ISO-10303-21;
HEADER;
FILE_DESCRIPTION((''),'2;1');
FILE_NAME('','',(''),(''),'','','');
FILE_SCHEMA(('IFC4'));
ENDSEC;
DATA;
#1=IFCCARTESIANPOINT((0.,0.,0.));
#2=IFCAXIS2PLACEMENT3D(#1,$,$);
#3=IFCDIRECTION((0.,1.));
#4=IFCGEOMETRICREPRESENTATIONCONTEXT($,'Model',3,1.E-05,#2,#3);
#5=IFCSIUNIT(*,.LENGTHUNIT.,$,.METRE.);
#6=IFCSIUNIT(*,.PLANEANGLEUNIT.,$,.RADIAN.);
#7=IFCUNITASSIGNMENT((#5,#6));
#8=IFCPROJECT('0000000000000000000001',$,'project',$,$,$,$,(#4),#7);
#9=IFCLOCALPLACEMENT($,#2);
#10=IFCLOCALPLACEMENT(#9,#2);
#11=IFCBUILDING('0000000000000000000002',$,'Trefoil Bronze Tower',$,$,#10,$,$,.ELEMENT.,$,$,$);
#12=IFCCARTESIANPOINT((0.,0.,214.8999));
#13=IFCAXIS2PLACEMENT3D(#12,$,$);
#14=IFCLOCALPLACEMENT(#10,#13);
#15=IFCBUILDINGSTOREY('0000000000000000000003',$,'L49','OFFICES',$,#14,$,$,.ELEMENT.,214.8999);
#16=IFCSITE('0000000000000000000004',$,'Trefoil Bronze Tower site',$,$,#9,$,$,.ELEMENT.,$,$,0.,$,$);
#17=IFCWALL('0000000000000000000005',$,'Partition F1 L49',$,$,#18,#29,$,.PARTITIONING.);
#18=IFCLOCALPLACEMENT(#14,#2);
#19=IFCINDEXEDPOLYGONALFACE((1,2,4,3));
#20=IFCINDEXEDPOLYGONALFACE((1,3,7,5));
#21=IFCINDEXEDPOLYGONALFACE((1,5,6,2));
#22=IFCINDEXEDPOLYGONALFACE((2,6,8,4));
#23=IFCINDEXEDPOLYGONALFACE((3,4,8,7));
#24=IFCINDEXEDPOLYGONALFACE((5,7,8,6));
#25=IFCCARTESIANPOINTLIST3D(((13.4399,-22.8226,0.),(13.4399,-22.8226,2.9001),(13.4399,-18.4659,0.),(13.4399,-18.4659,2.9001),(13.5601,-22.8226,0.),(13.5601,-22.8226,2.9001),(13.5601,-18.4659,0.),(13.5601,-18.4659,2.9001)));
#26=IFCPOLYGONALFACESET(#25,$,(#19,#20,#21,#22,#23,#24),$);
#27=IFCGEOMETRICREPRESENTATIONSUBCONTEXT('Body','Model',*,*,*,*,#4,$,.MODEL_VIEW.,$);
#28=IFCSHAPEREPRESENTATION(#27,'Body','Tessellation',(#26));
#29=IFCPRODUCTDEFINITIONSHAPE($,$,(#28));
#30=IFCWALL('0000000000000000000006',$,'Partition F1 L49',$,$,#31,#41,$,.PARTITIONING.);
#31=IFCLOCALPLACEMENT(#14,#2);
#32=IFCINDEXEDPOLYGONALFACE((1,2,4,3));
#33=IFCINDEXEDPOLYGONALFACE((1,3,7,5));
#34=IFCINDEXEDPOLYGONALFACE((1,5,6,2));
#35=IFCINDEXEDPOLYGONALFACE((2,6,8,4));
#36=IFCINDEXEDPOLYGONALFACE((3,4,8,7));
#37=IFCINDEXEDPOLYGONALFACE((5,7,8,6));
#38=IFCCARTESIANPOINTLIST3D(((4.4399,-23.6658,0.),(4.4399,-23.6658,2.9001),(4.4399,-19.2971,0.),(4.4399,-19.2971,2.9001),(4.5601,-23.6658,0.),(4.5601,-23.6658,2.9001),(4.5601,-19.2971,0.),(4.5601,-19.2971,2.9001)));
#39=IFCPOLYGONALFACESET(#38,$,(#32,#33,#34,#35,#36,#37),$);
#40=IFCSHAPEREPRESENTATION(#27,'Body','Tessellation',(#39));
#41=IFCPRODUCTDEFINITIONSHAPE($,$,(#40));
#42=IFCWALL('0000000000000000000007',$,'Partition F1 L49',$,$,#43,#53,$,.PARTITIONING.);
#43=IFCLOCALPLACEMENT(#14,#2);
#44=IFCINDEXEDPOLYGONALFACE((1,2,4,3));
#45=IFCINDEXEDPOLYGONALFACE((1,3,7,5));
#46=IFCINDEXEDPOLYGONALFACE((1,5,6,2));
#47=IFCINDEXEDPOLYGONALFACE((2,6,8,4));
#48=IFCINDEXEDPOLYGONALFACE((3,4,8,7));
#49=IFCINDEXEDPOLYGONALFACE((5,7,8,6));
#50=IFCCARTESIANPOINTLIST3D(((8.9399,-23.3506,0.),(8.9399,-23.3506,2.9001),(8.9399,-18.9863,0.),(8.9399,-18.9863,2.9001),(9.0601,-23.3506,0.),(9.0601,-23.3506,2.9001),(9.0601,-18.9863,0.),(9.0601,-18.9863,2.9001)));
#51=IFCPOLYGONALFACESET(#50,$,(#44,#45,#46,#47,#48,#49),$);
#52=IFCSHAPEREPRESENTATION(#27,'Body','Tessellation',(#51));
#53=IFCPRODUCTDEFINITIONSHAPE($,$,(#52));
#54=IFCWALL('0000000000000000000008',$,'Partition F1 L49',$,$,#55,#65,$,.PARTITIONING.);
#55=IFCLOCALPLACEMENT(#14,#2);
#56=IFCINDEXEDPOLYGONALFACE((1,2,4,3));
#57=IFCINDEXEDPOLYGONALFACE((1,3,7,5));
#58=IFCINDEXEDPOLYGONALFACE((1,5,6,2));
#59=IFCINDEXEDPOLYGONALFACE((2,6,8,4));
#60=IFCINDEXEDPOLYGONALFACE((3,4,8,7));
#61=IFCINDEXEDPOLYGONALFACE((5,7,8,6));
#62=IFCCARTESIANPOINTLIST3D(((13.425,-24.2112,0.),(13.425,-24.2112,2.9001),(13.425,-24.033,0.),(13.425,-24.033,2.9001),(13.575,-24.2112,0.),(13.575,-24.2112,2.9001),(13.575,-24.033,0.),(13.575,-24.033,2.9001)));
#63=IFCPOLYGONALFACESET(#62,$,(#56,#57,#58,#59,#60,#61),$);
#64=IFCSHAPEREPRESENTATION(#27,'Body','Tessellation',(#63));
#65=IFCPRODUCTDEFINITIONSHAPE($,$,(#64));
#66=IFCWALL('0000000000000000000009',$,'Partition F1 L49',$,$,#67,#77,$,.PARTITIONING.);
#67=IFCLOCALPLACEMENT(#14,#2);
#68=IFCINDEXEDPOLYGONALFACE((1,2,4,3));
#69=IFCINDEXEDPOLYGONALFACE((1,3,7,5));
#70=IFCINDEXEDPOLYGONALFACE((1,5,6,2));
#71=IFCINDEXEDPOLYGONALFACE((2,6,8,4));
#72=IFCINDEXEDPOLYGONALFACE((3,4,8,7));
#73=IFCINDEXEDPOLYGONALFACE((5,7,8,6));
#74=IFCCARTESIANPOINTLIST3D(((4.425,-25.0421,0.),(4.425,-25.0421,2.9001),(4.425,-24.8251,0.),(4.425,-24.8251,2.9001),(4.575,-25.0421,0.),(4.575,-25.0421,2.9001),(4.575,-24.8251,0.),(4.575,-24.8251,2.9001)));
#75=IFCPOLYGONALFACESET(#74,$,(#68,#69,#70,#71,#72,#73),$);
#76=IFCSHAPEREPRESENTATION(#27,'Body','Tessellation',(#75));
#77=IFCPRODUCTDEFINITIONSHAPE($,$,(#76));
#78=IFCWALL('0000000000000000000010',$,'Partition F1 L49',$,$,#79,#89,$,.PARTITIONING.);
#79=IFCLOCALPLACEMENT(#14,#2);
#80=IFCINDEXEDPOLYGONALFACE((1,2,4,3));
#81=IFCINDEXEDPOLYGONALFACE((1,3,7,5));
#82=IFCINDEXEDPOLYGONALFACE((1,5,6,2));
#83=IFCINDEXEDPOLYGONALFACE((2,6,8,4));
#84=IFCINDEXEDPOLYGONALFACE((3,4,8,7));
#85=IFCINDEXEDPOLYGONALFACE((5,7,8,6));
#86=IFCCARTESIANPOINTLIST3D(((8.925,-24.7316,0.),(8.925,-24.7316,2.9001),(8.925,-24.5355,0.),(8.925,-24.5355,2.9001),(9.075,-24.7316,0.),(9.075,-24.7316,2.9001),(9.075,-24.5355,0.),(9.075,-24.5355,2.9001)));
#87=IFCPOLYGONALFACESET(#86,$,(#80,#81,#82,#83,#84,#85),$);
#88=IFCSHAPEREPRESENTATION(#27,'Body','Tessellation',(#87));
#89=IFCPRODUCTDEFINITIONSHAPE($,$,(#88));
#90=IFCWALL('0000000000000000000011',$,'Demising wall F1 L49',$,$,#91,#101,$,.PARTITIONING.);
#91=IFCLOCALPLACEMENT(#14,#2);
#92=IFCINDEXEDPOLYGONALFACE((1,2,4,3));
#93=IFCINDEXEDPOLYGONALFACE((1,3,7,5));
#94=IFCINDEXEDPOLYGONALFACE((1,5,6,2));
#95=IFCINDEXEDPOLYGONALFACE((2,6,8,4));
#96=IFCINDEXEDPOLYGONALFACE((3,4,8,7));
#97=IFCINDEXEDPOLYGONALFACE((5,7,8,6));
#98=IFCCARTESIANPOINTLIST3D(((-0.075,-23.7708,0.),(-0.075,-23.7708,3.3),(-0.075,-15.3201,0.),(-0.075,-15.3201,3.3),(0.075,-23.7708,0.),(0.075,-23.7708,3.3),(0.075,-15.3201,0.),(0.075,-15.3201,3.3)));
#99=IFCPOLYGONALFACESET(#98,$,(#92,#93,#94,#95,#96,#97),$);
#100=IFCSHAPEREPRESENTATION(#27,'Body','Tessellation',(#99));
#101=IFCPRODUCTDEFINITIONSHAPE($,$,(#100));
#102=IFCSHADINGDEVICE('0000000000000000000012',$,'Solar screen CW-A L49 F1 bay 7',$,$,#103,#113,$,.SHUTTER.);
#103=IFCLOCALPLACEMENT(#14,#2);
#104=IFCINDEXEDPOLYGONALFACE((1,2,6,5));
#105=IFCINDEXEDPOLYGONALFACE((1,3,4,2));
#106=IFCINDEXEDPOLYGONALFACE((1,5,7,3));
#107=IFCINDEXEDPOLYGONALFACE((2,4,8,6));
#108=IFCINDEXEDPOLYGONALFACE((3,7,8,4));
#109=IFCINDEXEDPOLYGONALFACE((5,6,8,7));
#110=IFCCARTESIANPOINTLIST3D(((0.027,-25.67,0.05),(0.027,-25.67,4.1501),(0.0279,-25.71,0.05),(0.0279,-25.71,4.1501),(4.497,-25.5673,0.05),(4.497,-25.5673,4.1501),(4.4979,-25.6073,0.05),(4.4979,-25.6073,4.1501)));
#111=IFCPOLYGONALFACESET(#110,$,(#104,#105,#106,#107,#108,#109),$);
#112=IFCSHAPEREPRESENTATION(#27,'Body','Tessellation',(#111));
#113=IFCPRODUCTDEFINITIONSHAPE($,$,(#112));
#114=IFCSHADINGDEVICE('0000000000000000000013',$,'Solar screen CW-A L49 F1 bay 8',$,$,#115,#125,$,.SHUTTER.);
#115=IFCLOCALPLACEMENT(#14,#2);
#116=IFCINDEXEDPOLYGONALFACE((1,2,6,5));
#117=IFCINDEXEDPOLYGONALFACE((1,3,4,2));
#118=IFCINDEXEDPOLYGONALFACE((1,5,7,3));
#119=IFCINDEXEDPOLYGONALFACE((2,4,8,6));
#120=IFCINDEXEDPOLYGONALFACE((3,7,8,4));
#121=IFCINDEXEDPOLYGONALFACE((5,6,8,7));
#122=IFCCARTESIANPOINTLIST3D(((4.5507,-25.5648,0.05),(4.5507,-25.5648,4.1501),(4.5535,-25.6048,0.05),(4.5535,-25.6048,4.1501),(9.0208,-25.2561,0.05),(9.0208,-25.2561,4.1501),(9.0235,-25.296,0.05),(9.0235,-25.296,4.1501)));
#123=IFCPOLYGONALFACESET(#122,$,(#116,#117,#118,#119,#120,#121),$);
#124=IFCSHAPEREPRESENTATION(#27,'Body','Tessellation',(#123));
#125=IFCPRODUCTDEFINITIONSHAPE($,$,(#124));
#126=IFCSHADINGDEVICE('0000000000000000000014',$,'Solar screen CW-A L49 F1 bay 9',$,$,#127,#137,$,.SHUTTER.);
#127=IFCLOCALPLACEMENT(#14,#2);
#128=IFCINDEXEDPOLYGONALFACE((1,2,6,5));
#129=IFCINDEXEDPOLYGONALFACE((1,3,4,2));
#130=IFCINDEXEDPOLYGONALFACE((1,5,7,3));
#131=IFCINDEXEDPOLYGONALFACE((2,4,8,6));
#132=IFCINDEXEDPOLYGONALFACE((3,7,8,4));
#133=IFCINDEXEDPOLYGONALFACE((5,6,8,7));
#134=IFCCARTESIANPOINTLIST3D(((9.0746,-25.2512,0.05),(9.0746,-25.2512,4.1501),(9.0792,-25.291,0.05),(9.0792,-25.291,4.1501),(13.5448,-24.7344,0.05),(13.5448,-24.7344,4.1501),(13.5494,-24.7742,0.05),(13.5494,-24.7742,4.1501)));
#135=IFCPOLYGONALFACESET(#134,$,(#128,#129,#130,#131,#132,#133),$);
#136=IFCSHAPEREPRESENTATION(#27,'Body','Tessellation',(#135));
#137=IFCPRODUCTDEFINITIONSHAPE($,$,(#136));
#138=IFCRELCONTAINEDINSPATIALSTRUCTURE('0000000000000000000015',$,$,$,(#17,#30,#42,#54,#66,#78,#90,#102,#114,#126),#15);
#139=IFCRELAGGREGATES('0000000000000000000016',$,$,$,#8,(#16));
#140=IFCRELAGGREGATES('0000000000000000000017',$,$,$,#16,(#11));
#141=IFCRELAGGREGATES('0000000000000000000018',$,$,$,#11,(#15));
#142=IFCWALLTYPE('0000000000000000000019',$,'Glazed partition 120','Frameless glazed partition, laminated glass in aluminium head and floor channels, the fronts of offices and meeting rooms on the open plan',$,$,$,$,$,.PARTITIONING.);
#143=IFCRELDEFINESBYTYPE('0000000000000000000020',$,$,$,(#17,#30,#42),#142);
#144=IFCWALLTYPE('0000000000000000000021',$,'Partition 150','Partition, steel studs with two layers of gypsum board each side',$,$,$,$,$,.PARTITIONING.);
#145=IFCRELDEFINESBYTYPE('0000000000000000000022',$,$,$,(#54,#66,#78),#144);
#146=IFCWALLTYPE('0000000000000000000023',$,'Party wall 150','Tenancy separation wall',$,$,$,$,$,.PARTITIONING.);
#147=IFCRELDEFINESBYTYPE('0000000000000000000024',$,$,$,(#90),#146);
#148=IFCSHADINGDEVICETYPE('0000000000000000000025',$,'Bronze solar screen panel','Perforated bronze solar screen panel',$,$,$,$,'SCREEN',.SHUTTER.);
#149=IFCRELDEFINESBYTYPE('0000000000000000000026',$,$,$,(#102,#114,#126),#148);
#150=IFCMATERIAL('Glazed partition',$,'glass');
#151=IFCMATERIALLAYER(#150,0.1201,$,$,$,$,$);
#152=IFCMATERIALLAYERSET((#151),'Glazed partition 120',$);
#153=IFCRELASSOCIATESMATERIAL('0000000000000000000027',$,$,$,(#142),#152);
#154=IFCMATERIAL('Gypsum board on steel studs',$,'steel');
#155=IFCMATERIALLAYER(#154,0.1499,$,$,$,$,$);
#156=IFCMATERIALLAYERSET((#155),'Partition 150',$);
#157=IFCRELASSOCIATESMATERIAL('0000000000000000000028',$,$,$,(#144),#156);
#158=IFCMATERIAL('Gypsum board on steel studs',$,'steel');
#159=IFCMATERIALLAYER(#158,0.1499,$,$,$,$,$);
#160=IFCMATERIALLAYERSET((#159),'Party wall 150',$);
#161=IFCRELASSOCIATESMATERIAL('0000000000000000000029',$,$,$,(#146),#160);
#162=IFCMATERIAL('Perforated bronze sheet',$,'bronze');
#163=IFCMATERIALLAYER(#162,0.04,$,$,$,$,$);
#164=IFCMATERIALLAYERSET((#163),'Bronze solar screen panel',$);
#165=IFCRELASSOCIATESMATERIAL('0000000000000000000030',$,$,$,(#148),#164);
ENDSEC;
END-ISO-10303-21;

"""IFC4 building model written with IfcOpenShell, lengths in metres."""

from ifc_helpers import new_model, si_unit, direction, frame, frame_2d, origin, origin_2d, place, context, subcontext, project, spatial, rectangle, extrude, material, layer, layer_set, type_object, element, save


model = new_model("IFC4")

# Units and contexts
model_context = context("Model", 3, precision=1e-05, world=origin(), true_north=direction((0.0, 1.0)))
body_context = subcontext(model_context, "Body", "Model", "MODEL_VIEW")
ifc_project = project(units=[si_unit("LENGTHUNIT", "METRE"), si_unit("PLANEANGLEUNIT", "RADIAN")], contexts=[model_context])

# Site, building, storey
site_placement = place(None, origin())
site = spatial("IfcSite", under=ifc_project, at=site_placement, Name="Trefoil Bronze Tower site", CompositionType="ELEMENT", RefElevation=0.0)
building_placement = place(site_placement, origin())
building = spatial("IfcBuilding", under=site, at=building_placement, Name="Trefoil Bronze Tower", CompositionType="ELEMENT")
storey_placement = place(building_placement, frame((0.0, 0.0, 214.8999)))
storey = spatial("IfcBuildingStorey", under=building, at=storey_placement, Name="L49", Description="OFFICES", CompositionType="ELEMENT", Elevation=214.8999)

# Shared definitions
ifc_material_1 = material(Name="Glazed partition", Category="glass")
ifc_layer_1 = layer(ifc_material_1, 0.1201)
ifc_layer_set_1 = layer_set([ifc_layer_1], Name="Glazed partition 120")
wall_type_1 = type_object("IfcWallType", Name="Glazed partition 120", Description="Frameless glazed partition, laminated glass in aluminium head and floor channels, the fronts of offices and meeting rooms on the open plan", PredefinedType="PARTITIONING", material=ifc_layer_set_1)

# Walls
wall_1_placement = place(storey_placement, frame((13.5, -18.4661, 0.0), z_axis=(0.0, 0.0, 1.0), x_axis=(0.0, -1.0, 0.0)))
element("IfcWall", 1, at=wall_1_placement, inside=storey, type_object=wall_type_1, Name="Partition F1 L49", PredefinedType="PARTITIONING", context=body_context, shape_type="SweptSolid", body=[
    extrude(rectangle(XDim=4.3567, YDim=0.1201, at=frame_2d((2.1782, 0.0))), origin(), (0.0, 0.0, 1.0), 2.9001),
])
wall_2_placement = place(storey_placement, frame((4.5, -19.2971, 0.0), z_axis=(0.0, 0.0, 1.0), x_axis=(0.0, -1.0, 0.0)))
element("IfcWall", 2, at=wall_2_placement, inside=storey, type_object=wall_type_1, Name="Partition F1 L49", PredefinedType="PARTITIONING", context=body_context, shape_type="SweptSolid", body=[
    extrude(rectangle(XDim=4.3687, YDim=0.1201, at=frame_2d((2.1843, 0.0))), origin(), (0.0, 0.0, 1.0), 2.9001),
])
wall_3_placement = place(storey_placement, frame((9.0, -18.9863, 0.0), z_axis=(0.0, 0.0, 1.0), x_axis=(0.0, -1.0, 0.0)))
element("IfcWall", 3, at=wall_3_placement, inside=storey, type_object=wall_type_1, Name="Partition F1 L49", PredefinedType="PARTITIONING", context=body_context, shape_type="SweptSolid", body=[
    extrude(rectangle(XDim=4.3643, YDim=0.1201, at=frame_2d((2.1821, 0.0))), origin(), (0.0, 0.0, 1.0), 2.9001),
])
ifc_material_2 = material(Name="Gypsum board on steel studs", Category="steel")
ifc_layer_2 = layer(ifc_material_2, 0.1499)
ifc_layer_set_2 = layer_set([ifc_layer_2], Name="Partition 150")
wall_type_2 = type_object("IfcWallType", Name="Partition 150", Description="Partition, steel studs with two layers of gypsum board each side", PredefinedType="PARTITIONING", material=ifc_layer_set_2)
wall_4_placement = place(storey_placement, frame((13.5, -24.033, 0.0), z_axis=(0.0, 0.0, 1.0), x_axis=(0.0, -1.0, 0.0)))
element("IfcWall", 4, at=wall_4_placement, inside=storey, type_object=wall_type_2, Name="Partition F1 L49", PredefinedType="PARTITIONING", context=body_context, shape_type="SweptSolid", body=[
    extrude(rectangle(XDim=0.1782, YDim=0.1499, at=frame_2d((0.0891, 0.0))), origin(), (0.0, 0.0, 1.0), 2.9001),
])
wall_5_placement = place(storey_placement, frame((4.5, -24.8252, 0.0), z_axis=(0.0, 0.0, 1.0), x_axis=(0.0, -1.0, 0.0)))
element("IfcWall", 5, at=wall_5_placement, inside=storey, type_object=wall_type_2, Name="Partition F1 L49", PredefinedType="PARTITIONING", context=body_context, shape_type="SweptSolid", body=[
    extrude(rectangle(XDim=0.217, YDim=0.1499, at=frame_2d((0.1084, 0.0))), origin(), (0.0, 0.0, 1.0), 2.9001),
])
wall_6_placement = place(storey_placement, frame((9.0, -24.5354, 0.0), z_axis=(0.0, 0.0, 1.0), x_axis=(0.0, -1.0, 0.0)))
element("IfcWall", 6, at=wall_6_placement, inside=storey, type_object=wall_type_2, Name="Partition F1 L49", PredefinedType="PARTITIONING", context=body_context, shape_type="SweptSolid", body=[
    extrude(rectangle(XDim=0.196, YDim=0.1499, at=frame_2d((0.0981, 0.0))), origin(), (0.0, 0.0, 1.0), 2.9001),
])
ifc_material_3 = material(Name="Gypsum board on steel studs", Category="steel")
ifc_layer_3 = layer(ifc_material_3, 0.1499)
ifc_layer_set_3 = layer_set([ifc_layer_3], Name="Party wall 150")
wall_type_3 = type_object("IfcWallType", Name="Party wall 150", Description="Tenancy separation wall", PredefinedType="PARTITIONING", material=ifc_layer_set_3)
wall_7_placement = place(storey_placement, frame((0.0, -15.3201, 0.0), z_axis=(0.0, 0.0, 1.0), x_axis=(0.0, -1.0, 0.0)))
element("IfcWall", 7, at=wall_7_placement, inside=storey, type_object=wall_type_3, Name="Demising wall F1 L49", PredefinedType="PARTITIONING", context=body_context, shape_type="SweptSolid", body=[
    extrude(rectangle(XDim=8.4507, YDim=0.1499, at=frame_2d((4.2253, 0.0))), origin(), (0.0, 0.0, 1.0), 3.3),
])

# Shading devices
ifc_material_4 = material(Name="Perforated bronze sheet", Category="bronze")
ifc_layer_4 = layer(ifc_material_4, 0.04)
ifc_layer_set_4 = layer_set([ifc_layer_4], Name="Bronze solar screen panel")
shading_device_type = type_object("IfcShadingDeviceType", Name="Bronze solar screen panel", Description="Perforated bronze solar screen panel", ElementType="SCREEN", PredefinedType="SHUTTER", material=ifc_layer_set_4)
shading_device_1_placement = place(storey_placement, frame((2.2625, -25.6387, 0.05), z_axis=(0.0, 0.0, 1.0), x_axis=(0.999736, 0.022972, 0.0)))
element("IfcShadingDevice", 8, at=shading_device_1_placement, inside=storey, type_object=shading_device_type, Name="Solar screen CW-A L49 F1 bay 7", PredefinedType="SHUTTER", context=body_context, shape_type="SweptSolid", body=[
    extrude(rectangle(XDim=4.4712, YDim=0.04, at=origin_2d()), origin(), (0.0, 0.0, 1.0), 4.1001),
])
shading_device_2_placement = place(storey_placement, frame((6.7871, -25.4304, 0.05), z_axis=(0.0, 0.0, 1.0), x_axis=(0.997623, 0.068915, 0.0)))
element("IfcShadingDevice", 9, at=shading_device_2_placement, inside=storey, type_object=shading_device_type, Name="Solar screen CW-A L49 F1 bay 8", PredefinedType="SHUTTER", context=body_context, shape_type="SweptSolid", body=[
    extrude(rectangle(XDim=4.4807, YDim=0.04, at=origin_2d()), origin(), (0.0, 0.0, 1.0), 4.1001),
])
shading_device_3_placement = place(storey_placement, frame((11.312, -25.0127, 0.05), z_axis=(0.0, 0.0, 1.0), x_axis=(0.993382, 0.114859, 0.0)))
element("IfcShadingDevice", 10, at=shading_device_3_placement, inside=storey, type_object=shading_device_type, Name="Solar screen CW-A L49 F1 bay 9", PredefinedType="SHUTTER", context=body_context, shape_type="SweptSolid", body=[
    extrude(rectangle(XDim=4.5, YDim=0.04, at=origin_2d()), origin(), (0.0, 0.0, 1.0), 4.1001),
])

save(model, "model.ifc")
